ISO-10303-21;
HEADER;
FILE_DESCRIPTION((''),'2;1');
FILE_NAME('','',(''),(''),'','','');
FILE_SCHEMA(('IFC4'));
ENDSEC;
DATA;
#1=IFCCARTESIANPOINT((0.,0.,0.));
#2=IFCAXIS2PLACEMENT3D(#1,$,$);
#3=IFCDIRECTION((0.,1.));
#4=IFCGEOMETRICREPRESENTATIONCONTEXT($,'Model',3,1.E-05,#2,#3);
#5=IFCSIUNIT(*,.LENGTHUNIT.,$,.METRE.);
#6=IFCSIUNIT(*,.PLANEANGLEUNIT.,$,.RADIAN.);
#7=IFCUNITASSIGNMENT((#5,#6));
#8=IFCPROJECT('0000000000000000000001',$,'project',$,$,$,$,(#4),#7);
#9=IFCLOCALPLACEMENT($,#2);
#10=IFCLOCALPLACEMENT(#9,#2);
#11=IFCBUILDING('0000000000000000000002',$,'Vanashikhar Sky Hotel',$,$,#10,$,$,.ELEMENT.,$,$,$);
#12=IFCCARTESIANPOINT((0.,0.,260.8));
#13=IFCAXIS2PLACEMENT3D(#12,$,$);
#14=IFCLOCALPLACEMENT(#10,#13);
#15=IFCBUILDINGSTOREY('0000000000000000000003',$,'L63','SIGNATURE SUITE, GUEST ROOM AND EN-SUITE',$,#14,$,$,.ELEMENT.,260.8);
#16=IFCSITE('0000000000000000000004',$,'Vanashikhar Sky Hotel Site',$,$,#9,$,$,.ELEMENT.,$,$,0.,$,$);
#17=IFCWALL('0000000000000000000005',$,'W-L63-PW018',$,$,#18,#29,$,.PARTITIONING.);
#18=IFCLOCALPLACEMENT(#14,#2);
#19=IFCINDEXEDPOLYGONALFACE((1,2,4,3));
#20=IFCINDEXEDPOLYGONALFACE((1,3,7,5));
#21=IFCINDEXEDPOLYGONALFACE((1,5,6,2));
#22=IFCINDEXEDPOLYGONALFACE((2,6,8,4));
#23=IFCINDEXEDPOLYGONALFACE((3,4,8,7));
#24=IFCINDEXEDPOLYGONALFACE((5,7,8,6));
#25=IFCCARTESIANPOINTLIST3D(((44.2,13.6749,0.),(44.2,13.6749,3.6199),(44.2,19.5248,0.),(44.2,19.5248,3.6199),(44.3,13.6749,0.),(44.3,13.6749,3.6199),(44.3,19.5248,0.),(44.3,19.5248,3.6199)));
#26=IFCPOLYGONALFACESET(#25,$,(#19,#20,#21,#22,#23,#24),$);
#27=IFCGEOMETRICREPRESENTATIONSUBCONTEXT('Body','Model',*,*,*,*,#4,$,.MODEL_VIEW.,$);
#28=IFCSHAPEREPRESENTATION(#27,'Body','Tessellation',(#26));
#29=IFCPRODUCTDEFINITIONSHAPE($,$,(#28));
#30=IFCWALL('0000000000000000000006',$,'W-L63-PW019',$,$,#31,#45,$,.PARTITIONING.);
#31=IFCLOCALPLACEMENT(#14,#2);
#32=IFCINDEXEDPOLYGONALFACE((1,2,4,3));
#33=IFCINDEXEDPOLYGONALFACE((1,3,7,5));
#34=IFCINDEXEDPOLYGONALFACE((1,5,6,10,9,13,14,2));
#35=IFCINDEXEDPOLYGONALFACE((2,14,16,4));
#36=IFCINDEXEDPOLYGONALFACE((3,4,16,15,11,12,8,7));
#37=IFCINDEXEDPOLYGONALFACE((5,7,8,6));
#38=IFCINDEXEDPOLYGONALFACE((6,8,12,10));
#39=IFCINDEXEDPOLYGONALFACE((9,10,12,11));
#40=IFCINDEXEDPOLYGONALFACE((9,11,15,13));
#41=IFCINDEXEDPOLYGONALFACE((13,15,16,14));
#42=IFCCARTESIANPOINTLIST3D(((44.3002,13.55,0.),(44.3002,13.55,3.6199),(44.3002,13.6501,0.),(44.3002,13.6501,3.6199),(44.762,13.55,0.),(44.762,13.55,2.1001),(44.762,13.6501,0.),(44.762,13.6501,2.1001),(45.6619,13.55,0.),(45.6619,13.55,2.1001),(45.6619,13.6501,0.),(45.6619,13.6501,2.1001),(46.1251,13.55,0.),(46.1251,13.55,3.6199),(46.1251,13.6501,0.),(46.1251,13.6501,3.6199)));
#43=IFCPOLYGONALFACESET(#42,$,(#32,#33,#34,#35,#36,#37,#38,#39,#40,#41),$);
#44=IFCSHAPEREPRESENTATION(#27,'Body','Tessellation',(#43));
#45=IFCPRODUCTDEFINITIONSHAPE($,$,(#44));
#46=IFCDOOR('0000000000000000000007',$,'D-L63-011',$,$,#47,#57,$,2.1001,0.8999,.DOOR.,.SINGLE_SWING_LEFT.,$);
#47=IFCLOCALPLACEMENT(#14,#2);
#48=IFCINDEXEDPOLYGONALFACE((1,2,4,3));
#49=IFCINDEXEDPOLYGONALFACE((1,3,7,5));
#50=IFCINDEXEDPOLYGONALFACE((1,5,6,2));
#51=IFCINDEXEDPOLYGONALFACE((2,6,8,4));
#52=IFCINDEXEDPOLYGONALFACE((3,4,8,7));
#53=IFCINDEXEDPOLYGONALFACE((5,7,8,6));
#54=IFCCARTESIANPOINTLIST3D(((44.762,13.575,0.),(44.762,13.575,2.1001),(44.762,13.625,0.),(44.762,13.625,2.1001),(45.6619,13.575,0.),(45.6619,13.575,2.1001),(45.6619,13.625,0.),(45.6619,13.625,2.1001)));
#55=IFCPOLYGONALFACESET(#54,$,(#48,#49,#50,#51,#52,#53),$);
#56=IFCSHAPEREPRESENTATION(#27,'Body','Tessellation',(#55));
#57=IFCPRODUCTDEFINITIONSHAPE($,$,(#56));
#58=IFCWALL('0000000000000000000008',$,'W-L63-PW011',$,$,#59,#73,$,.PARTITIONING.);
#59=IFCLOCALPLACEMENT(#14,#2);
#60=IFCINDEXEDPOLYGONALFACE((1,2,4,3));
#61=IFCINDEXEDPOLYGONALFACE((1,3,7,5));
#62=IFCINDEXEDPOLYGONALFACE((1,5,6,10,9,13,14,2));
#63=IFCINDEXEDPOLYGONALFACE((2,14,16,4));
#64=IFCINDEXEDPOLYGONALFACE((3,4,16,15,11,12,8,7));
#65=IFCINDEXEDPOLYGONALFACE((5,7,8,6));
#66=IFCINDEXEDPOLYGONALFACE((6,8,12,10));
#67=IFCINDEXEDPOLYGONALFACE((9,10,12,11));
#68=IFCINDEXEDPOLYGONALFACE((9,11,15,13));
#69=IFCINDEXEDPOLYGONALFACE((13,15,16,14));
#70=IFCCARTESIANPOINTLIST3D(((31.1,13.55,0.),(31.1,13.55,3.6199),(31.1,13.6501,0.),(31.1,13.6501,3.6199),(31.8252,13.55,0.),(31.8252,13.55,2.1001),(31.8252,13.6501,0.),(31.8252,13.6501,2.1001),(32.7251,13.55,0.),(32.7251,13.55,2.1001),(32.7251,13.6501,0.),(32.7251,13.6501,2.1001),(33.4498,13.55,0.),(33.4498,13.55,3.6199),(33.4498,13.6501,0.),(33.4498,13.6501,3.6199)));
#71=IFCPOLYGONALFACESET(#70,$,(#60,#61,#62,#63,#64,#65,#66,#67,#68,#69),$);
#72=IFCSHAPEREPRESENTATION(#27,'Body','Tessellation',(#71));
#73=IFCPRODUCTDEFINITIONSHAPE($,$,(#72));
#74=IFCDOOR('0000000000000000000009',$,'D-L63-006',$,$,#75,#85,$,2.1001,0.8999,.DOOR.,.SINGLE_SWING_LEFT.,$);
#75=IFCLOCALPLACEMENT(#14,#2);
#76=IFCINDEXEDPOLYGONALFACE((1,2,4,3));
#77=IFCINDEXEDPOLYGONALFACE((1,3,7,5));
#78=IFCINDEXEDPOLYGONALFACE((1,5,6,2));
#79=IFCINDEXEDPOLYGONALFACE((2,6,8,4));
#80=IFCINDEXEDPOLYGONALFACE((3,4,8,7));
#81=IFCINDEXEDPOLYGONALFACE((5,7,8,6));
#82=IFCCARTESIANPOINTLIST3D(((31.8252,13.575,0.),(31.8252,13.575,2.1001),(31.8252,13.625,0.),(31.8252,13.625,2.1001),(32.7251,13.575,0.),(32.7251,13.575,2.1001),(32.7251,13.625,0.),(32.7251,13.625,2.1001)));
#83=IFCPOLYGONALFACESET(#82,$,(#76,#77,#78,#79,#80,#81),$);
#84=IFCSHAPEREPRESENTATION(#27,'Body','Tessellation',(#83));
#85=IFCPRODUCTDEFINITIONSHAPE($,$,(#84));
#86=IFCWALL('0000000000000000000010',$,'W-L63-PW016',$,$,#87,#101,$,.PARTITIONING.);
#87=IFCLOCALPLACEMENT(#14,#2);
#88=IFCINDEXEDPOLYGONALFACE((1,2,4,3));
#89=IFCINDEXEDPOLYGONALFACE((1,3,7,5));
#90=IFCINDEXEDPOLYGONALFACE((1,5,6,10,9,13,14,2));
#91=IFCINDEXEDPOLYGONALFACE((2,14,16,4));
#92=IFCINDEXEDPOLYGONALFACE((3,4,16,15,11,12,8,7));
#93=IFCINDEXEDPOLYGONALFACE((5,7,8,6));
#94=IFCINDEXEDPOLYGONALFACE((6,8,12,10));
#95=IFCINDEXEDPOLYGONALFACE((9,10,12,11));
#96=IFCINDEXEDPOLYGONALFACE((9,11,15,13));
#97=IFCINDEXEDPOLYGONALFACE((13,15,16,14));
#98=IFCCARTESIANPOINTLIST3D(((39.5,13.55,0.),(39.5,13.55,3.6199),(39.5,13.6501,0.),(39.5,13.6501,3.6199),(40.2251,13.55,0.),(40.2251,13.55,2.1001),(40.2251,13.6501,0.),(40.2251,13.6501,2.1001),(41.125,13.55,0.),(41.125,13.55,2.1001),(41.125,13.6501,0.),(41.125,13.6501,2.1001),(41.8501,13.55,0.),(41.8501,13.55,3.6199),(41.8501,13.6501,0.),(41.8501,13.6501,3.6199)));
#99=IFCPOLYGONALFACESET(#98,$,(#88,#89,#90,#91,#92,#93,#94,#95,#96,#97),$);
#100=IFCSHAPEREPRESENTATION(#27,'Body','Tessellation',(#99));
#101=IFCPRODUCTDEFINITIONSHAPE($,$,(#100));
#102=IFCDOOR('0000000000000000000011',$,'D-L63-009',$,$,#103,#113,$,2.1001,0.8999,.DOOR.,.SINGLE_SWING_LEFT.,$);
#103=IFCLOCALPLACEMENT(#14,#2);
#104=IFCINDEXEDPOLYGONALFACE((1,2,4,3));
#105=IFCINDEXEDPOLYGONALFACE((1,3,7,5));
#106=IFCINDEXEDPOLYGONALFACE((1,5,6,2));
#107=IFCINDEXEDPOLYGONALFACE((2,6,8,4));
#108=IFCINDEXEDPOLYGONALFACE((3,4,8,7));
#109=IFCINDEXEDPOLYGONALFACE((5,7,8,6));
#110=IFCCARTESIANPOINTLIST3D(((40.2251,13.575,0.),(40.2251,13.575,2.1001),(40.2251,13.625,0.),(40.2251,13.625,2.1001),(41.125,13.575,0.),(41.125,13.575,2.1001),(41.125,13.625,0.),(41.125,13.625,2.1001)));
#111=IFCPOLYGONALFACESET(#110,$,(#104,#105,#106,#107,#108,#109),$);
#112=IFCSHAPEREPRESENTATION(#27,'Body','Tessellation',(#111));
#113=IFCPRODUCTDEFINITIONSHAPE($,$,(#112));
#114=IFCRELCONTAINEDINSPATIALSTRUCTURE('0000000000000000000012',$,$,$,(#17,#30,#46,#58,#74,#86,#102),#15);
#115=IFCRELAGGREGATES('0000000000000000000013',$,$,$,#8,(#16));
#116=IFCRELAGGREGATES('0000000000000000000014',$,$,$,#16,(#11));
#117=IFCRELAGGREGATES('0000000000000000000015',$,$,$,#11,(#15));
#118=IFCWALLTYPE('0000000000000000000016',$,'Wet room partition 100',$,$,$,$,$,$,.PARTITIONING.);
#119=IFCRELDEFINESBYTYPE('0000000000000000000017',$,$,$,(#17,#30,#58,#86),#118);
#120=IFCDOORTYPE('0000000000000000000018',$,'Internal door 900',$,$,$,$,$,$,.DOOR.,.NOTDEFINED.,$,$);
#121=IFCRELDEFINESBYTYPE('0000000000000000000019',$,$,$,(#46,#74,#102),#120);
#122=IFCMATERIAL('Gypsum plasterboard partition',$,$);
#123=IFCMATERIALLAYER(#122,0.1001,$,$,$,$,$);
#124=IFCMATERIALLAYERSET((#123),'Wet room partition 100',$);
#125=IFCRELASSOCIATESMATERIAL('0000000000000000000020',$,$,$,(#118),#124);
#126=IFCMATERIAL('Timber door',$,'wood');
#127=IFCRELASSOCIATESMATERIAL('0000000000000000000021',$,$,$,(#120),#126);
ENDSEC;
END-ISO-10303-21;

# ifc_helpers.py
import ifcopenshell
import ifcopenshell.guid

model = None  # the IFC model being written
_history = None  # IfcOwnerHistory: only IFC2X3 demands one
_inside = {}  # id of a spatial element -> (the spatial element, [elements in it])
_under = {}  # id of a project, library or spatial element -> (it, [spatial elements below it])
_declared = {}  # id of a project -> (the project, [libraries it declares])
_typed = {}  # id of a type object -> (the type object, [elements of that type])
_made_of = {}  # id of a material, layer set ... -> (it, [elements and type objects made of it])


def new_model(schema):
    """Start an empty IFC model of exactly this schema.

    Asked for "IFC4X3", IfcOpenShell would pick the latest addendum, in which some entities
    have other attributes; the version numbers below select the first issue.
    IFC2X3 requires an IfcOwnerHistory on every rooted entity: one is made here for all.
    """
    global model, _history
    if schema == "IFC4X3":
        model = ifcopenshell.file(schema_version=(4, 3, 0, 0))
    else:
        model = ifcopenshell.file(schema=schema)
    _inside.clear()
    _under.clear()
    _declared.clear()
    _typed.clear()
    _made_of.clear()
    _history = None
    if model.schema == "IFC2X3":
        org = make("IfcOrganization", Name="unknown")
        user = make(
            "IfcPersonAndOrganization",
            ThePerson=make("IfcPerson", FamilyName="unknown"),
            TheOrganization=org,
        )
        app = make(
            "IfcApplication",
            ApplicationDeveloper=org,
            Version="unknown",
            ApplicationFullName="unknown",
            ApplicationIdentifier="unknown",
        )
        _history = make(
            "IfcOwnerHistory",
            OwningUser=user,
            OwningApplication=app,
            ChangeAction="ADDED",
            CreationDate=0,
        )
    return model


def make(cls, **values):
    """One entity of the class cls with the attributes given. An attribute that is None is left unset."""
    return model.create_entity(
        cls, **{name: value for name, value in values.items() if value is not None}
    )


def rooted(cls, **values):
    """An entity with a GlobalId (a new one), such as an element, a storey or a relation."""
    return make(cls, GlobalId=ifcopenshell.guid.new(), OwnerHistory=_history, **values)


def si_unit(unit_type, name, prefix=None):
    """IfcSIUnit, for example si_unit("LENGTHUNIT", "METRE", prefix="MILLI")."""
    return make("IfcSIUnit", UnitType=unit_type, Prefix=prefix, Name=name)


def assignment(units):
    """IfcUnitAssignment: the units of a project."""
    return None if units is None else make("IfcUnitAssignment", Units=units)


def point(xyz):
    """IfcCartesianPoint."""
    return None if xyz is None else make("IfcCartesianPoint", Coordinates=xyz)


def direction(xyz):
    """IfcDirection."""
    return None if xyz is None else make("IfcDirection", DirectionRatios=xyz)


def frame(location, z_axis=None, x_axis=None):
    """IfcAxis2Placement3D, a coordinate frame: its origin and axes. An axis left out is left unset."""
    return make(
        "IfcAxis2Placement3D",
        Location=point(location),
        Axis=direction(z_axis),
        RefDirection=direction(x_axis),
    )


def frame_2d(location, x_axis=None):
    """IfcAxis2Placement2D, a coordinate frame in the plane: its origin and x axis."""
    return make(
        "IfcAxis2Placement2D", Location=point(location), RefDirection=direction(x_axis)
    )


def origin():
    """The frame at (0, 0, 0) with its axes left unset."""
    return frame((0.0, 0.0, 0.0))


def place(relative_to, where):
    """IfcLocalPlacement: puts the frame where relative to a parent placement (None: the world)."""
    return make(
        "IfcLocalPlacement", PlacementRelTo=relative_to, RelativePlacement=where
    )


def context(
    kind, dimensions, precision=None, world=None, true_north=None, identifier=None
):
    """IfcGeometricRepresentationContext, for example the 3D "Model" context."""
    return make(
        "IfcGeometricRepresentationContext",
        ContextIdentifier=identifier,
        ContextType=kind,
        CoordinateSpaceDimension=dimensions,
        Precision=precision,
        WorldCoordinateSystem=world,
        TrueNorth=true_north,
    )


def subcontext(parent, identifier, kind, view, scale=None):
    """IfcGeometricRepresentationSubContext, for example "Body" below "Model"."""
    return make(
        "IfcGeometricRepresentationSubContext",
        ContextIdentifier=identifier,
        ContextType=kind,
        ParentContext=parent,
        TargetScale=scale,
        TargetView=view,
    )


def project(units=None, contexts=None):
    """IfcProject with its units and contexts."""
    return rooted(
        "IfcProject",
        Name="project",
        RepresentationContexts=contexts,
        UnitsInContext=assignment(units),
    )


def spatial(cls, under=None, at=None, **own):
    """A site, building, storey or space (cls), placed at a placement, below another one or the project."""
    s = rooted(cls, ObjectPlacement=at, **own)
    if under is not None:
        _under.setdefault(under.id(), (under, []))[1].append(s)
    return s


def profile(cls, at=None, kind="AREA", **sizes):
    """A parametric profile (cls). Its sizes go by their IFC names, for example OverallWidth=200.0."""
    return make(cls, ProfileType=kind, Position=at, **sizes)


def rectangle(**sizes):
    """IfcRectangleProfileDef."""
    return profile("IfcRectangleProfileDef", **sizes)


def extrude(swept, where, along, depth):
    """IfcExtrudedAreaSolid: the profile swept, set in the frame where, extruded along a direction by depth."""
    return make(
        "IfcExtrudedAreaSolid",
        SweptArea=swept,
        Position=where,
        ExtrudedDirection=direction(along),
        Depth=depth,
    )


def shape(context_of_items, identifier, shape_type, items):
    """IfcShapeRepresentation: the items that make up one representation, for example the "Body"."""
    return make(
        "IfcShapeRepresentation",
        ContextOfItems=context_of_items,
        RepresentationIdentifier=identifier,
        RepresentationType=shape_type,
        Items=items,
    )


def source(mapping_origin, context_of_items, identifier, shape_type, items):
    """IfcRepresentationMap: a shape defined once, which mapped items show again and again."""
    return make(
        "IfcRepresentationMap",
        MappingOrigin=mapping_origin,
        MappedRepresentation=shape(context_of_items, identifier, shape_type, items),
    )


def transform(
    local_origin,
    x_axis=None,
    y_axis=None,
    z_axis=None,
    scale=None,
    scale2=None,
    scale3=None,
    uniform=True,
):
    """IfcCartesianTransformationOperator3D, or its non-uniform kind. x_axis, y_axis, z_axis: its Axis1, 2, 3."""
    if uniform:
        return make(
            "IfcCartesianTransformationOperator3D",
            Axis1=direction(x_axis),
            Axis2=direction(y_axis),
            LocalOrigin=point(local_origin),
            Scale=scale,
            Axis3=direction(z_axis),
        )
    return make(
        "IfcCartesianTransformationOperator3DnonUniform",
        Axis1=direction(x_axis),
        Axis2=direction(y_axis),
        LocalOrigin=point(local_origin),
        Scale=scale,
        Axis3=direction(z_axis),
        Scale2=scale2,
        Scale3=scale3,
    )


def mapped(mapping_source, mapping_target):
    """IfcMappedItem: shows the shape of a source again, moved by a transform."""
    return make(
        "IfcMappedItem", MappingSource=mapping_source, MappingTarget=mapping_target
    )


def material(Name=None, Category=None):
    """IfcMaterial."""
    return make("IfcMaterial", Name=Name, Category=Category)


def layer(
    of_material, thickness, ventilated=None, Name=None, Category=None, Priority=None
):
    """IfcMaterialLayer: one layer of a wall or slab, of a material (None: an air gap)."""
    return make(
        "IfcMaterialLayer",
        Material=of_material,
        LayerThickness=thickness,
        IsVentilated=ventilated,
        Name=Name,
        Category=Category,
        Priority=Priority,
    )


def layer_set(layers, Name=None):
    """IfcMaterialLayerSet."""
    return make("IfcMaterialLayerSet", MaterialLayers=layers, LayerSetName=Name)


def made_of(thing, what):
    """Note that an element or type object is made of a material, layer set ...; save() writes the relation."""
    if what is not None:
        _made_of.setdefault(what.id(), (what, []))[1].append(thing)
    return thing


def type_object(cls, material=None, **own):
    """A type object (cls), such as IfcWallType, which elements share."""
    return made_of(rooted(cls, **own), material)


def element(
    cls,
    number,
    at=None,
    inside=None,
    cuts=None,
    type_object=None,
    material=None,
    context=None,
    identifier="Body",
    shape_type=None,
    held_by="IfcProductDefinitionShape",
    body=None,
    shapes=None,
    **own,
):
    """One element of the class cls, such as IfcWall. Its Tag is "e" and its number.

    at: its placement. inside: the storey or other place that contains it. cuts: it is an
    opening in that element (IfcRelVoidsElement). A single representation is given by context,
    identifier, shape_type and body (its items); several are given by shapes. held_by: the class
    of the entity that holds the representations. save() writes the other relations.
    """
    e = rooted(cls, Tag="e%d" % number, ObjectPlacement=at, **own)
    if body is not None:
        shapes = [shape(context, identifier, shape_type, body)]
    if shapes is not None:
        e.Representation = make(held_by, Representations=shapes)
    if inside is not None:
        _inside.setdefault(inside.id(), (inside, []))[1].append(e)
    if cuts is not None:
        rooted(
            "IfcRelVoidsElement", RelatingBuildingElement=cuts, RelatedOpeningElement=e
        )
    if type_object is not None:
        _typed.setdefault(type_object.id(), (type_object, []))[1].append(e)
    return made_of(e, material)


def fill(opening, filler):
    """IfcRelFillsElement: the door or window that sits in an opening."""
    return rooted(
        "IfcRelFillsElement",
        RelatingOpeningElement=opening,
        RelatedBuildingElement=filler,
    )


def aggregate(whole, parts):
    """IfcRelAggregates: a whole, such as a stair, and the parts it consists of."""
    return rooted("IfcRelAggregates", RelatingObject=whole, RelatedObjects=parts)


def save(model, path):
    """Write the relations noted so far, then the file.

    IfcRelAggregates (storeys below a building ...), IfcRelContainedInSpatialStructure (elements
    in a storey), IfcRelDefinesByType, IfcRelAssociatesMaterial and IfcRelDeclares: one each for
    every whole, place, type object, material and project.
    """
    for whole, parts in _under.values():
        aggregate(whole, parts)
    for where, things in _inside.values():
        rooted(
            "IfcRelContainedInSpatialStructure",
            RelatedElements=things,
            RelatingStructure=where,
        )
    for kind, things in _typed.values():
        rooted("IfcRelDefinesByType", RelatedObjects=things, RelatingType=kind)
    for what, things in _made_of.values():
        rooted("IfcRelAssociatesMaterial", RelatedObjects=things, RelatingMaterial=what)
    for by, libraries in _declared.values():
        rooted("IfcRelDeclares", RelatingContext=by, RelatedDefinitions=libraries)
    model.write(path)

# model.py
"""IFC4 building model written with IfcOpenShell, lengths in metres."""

from ifc_helpers import new_model, si_unit, direction, frame, frame_2d, origin, place, context, subcontext, project, spatial, rectangle, extrude, source, transform, mapped, material, layer, layer_set, type_object, element, fill, save


model = new_model("IFC4")

# Units and contexts
model_context = context("Model", 3, precision=1e-05, world=origin(), true_north=direction((0.0, 1.0)))
body_context = subcontext(model_context, "Body", "Model", "MODEL_VIEW")
ifc_project = project(units=[si_unit("LENGTHUNIT", "METRE"), si_unit("PLANEANGLEUNIT", "RADIAN")], contexts=[model_context])

# Site, building, storey
site_placement = place(None, origin())
site = spatial("IfcSite", under=ifc_project, at=site_placement, Name="Vanashikhar Sky Hotel Site", CompositionType="ELEMENT", RefElevation=0.0)
building_placement = place(site_placement, origin())
building = spatial("IfcBuilding", under=site, at=building_placement, Name="Vanashikhar Sky Hotel", CompositionType="ELEMENT")
storey_placement = place(building_placement, frame((0.0, 0.0, 260.8)))
storey = spatial("IfcBuildingStorey", under=building, at=storey_placement, Name="L63", Description="SIGNATURE SUITE, GUEST ROOM AND EN-SUITE", CompositionType="ELEMENT", Elevation=260.8)

# Shared definitions
ifc_material_1 = material(Name="Gypsum plasterboard partition")
ifc_layer_1 = layer(ifc_material_1, 0.1001)
ifc_layer_set_1 = layer_set([ifc_layer_1], Name="Wet room partition 100")
wall_type_1 = type_object("IfcWallType", Name="Wet room partition 100", PredefinedType="PARTITIONING", material=ifc_layer_set_1)
shared_shape_1 = source(origin(), body_context, "Body", "SweptSolid", [
    extrude(rectangle(XDim=0.8999, YDim=2.1001, at=frame_2d((0.45, 1.05))), frame((0.0, 0.0601, 0.0), z_axis=(0.0, -1.0, 0.0), x_axis=(1.0, 0.0, 0.0)), (0.0, 0.0, 1.0), 0.1201),
])
ifc_material_2 = material(Name="Timber door", Category="wood")
door_type_1 = type_object("IfcDoorType", Name="Internal door 900", OperationType="NOTDEFINED", PredefinedType="DOOR", material=ifc_material_2)
shared_shape_2 = source(origin(), body_context, "Body", "SweptSolid", [
    extrude(rectangle(XDim=0.8999, YDim=2.1001, at=frame_2d((0.45, 1.05))), frame((0.0, 0.0249, 0.0), z_axis=(0.0, -1.0, 0.0), x_axis=(1.0, 0.0, 0.0)), (0.0, 0.0, 1.0), 0.05),
])

# Wall
shared_shape_3 = source(origin(), body_context, "Body", "SweptSolid", [
    extrude(rectangle(XDim=5.8499, YDim=0.1001, at=frame_2d((2.9248, 0.0))), origin(), (0.0, 0.0, 1.0), 3.6199),
])
for number, where, z_axis, x_axis, name in (
    (1, (44.25, 13.675, 0.0), (0.0, 0.0, 1.0), (0.0, 1.0, 0.0), "W-L63-PW018"),
):
    element("IfcWall", number, at=place(storey_placement, frame(where, z_axis=z_axis, x_axis=x_axis)), inside=storey, type_object=wall_type_1, Name=name, PredefinedType="PARTITIONING", context=body_context, shape_type="MappedRepresentation", body=[
        mapped(shared_shape_3, transform((0.0, 0.0, 0.0), scale=1.0)),
    ])

# Walls, openings, doors
shared_shape_4 = source(origin(), body_context, "Body", "SweptSolid", [
    extrude(rectangle(XDim=1.825, YDim=0.1001, at=frame_2d((0.9126, 0.0))), origin(), (0.0, 0.0, 1.0), 3.6199),
])
wall_1_placement = place(storey_placement, frame((44.3, 13.6001, 0.0), z_axis=(0.0, 0.0, 1.0), x_axis=(1.0, 0.0, 0.0)))
wall_1 = element("IfcWall", 2, at=wall_1_placement, inside=storey, type_object=wall_type_1, Name="W-L63-PW019", PredefinedType="PARTITIONING", context=body_context, shape_type="MappedRepresentation", body=[
    mapped(shared_shape_4, transform((0.0, 0.0, 0.0), scale=1.0)),
])
opening_1_placement = place(wall_1_placement, frame((0.4619, 0.0, 0.0)))
opening_1 = element("IfcOpeningElement", 3, at=opening_1_placement, cuts=wall_1, PredefinedType="OPENING", context=body_context, shape_type="MappedRepresentation", body=[
    mapped(shared_shape_1, transform((0.0, 0.0, 0.0), scale=1.0)),
])
door_1_placement = place(opening_1_placement, origin())
door_1 = element("IfcDoor", 4, at=door_1_placement, inside=storey, type_object=door_type_1, Name="D-L63-011", OperationType="SINGLE_SWING_LEFT", OverallHeight=2.1001, OverallWidth=0.8999, PredefinedType="DOOR", context=body_context, shape_type="MappedRepresentation", body=[
    mapped(shared_shape_2, transform((0.0, 0.0, 0.0), scale=1.0)),
])
fill(opening_1, door_1)
shared_shape_5 = source(origin(), body_context, "Body", "SweptSolid", [
    extrude(rectangle(XDim=2.3499, YDim=0.1001, at=frame_2d((1.1748, 0.0))), origin(), (0.0, 0.0, 1.0), 3.6199),
])
wall_2_placement = place(storey_placement, frame((31.1001, 13.6001, 0.0), z_axis=(0.0, 0.0, 1.0), x_axis=(1.0, 0.0, 0.0)))
wall_2 = element("IfcWall", 5, at=wall_2_placement, inside=storey, type_object=wall_type_1, Name="W-L63-PW011", PredefinedType="PARTITIONING", context=body_context, shape_type="MappedRepresentation", body=[
    mapped(shared_shape_5, transform((0.0, 0.0, 0.0), scale=1.0)),
])
opening_2_placement = place(wall_2_placement, frame((0.7251, 0.0, 0.0)))
opening_2 = element("IfcOpeningElement", 6, at=opening_2_placement, cuts=wall_2, PredefinedType="OPENING", context=body_context, shape_type="MappedRepresentation", body=[
    mapped(shared_shape_1, transform((0.0, 0.0, 0.0), scale=1.0)),
])
door_2_placement = place(opening_2_placement, origin())
door_2 = element("IfcDoor", 7, at=door_2_placement, inside=storey, type_object=door_type_1, Name="D-L63-006", OperationType="SINGLE_SWING_LEFT", OverallHeight=2.1001, OverallWidth=0.8999, PredefinedType="DOOR", context=body_context, shape_type="MappedRepresentation", body=[
    mapped(shared_shape_2, transform((0.0, 0.0, 0.0), scale=1.0)),
])
fill(opening_2, door_2)
shared_shape_6 = source(origin(), body_context, "Body", "SweptSolid", [
    extrude(rectangle(XDim=2.3501, YDim=0.1001, at=frame_2d((1.175, 0.0))), origin(), (0.0, 0.0, 1.0), 3.6199),
])
wall_3_placement = place(storey_placement, frame((39.5, 13.6001, 0.0), z_axis=(0.0, 0.0, 1.0), x_axis=(1.0, 0.0, 0.0)))
wall_3 = element("IfcWall", 8, at=wall_3_placement, inside=storey, type_object=wall_type_1, Name="W-L63-PW016", PredefinedType="PARTITIONING", context=body_context, shape_type="MappedRepresentation", body=[
    mapped(shared_shape_6, transform((0.0, 0.0, 0.0), scale=1.0)),
])
opening_3_placement = place(wall_3_placement, frame((0.7251, 0.0, 0.0)))
opening_3 = element("IfcOpeningElement", 9, at=opening_3_placement, cuts=wall_3, PredefinedType="OPENING", context=body_context, shape_type="MappedRepresentation", body=[
    mapped(shared_shape_1, transform((0.0, 0.0, 0.0), scale=1.0)),
])
door_3_placement = place(opening_3_placement, origin())
door_3 = element("IfcDoor", 10, at=door_3_placement, inside=storey, type_object=door_type_1, Name="D-L63-009", OperationType="SINGLE_SWING_LEFT", OverallHeight=2.1001, OverallWidth=0.8999, PredefinedType="DOOR", context=body_context, shape_type="MappedRepresentation", body=[
    mapped(shared_shape_2, transform((0.0, 0.0, 0.0), scale=1.0)),
])
fill(opening_3, door_3)

save(model, "model.ifc")
